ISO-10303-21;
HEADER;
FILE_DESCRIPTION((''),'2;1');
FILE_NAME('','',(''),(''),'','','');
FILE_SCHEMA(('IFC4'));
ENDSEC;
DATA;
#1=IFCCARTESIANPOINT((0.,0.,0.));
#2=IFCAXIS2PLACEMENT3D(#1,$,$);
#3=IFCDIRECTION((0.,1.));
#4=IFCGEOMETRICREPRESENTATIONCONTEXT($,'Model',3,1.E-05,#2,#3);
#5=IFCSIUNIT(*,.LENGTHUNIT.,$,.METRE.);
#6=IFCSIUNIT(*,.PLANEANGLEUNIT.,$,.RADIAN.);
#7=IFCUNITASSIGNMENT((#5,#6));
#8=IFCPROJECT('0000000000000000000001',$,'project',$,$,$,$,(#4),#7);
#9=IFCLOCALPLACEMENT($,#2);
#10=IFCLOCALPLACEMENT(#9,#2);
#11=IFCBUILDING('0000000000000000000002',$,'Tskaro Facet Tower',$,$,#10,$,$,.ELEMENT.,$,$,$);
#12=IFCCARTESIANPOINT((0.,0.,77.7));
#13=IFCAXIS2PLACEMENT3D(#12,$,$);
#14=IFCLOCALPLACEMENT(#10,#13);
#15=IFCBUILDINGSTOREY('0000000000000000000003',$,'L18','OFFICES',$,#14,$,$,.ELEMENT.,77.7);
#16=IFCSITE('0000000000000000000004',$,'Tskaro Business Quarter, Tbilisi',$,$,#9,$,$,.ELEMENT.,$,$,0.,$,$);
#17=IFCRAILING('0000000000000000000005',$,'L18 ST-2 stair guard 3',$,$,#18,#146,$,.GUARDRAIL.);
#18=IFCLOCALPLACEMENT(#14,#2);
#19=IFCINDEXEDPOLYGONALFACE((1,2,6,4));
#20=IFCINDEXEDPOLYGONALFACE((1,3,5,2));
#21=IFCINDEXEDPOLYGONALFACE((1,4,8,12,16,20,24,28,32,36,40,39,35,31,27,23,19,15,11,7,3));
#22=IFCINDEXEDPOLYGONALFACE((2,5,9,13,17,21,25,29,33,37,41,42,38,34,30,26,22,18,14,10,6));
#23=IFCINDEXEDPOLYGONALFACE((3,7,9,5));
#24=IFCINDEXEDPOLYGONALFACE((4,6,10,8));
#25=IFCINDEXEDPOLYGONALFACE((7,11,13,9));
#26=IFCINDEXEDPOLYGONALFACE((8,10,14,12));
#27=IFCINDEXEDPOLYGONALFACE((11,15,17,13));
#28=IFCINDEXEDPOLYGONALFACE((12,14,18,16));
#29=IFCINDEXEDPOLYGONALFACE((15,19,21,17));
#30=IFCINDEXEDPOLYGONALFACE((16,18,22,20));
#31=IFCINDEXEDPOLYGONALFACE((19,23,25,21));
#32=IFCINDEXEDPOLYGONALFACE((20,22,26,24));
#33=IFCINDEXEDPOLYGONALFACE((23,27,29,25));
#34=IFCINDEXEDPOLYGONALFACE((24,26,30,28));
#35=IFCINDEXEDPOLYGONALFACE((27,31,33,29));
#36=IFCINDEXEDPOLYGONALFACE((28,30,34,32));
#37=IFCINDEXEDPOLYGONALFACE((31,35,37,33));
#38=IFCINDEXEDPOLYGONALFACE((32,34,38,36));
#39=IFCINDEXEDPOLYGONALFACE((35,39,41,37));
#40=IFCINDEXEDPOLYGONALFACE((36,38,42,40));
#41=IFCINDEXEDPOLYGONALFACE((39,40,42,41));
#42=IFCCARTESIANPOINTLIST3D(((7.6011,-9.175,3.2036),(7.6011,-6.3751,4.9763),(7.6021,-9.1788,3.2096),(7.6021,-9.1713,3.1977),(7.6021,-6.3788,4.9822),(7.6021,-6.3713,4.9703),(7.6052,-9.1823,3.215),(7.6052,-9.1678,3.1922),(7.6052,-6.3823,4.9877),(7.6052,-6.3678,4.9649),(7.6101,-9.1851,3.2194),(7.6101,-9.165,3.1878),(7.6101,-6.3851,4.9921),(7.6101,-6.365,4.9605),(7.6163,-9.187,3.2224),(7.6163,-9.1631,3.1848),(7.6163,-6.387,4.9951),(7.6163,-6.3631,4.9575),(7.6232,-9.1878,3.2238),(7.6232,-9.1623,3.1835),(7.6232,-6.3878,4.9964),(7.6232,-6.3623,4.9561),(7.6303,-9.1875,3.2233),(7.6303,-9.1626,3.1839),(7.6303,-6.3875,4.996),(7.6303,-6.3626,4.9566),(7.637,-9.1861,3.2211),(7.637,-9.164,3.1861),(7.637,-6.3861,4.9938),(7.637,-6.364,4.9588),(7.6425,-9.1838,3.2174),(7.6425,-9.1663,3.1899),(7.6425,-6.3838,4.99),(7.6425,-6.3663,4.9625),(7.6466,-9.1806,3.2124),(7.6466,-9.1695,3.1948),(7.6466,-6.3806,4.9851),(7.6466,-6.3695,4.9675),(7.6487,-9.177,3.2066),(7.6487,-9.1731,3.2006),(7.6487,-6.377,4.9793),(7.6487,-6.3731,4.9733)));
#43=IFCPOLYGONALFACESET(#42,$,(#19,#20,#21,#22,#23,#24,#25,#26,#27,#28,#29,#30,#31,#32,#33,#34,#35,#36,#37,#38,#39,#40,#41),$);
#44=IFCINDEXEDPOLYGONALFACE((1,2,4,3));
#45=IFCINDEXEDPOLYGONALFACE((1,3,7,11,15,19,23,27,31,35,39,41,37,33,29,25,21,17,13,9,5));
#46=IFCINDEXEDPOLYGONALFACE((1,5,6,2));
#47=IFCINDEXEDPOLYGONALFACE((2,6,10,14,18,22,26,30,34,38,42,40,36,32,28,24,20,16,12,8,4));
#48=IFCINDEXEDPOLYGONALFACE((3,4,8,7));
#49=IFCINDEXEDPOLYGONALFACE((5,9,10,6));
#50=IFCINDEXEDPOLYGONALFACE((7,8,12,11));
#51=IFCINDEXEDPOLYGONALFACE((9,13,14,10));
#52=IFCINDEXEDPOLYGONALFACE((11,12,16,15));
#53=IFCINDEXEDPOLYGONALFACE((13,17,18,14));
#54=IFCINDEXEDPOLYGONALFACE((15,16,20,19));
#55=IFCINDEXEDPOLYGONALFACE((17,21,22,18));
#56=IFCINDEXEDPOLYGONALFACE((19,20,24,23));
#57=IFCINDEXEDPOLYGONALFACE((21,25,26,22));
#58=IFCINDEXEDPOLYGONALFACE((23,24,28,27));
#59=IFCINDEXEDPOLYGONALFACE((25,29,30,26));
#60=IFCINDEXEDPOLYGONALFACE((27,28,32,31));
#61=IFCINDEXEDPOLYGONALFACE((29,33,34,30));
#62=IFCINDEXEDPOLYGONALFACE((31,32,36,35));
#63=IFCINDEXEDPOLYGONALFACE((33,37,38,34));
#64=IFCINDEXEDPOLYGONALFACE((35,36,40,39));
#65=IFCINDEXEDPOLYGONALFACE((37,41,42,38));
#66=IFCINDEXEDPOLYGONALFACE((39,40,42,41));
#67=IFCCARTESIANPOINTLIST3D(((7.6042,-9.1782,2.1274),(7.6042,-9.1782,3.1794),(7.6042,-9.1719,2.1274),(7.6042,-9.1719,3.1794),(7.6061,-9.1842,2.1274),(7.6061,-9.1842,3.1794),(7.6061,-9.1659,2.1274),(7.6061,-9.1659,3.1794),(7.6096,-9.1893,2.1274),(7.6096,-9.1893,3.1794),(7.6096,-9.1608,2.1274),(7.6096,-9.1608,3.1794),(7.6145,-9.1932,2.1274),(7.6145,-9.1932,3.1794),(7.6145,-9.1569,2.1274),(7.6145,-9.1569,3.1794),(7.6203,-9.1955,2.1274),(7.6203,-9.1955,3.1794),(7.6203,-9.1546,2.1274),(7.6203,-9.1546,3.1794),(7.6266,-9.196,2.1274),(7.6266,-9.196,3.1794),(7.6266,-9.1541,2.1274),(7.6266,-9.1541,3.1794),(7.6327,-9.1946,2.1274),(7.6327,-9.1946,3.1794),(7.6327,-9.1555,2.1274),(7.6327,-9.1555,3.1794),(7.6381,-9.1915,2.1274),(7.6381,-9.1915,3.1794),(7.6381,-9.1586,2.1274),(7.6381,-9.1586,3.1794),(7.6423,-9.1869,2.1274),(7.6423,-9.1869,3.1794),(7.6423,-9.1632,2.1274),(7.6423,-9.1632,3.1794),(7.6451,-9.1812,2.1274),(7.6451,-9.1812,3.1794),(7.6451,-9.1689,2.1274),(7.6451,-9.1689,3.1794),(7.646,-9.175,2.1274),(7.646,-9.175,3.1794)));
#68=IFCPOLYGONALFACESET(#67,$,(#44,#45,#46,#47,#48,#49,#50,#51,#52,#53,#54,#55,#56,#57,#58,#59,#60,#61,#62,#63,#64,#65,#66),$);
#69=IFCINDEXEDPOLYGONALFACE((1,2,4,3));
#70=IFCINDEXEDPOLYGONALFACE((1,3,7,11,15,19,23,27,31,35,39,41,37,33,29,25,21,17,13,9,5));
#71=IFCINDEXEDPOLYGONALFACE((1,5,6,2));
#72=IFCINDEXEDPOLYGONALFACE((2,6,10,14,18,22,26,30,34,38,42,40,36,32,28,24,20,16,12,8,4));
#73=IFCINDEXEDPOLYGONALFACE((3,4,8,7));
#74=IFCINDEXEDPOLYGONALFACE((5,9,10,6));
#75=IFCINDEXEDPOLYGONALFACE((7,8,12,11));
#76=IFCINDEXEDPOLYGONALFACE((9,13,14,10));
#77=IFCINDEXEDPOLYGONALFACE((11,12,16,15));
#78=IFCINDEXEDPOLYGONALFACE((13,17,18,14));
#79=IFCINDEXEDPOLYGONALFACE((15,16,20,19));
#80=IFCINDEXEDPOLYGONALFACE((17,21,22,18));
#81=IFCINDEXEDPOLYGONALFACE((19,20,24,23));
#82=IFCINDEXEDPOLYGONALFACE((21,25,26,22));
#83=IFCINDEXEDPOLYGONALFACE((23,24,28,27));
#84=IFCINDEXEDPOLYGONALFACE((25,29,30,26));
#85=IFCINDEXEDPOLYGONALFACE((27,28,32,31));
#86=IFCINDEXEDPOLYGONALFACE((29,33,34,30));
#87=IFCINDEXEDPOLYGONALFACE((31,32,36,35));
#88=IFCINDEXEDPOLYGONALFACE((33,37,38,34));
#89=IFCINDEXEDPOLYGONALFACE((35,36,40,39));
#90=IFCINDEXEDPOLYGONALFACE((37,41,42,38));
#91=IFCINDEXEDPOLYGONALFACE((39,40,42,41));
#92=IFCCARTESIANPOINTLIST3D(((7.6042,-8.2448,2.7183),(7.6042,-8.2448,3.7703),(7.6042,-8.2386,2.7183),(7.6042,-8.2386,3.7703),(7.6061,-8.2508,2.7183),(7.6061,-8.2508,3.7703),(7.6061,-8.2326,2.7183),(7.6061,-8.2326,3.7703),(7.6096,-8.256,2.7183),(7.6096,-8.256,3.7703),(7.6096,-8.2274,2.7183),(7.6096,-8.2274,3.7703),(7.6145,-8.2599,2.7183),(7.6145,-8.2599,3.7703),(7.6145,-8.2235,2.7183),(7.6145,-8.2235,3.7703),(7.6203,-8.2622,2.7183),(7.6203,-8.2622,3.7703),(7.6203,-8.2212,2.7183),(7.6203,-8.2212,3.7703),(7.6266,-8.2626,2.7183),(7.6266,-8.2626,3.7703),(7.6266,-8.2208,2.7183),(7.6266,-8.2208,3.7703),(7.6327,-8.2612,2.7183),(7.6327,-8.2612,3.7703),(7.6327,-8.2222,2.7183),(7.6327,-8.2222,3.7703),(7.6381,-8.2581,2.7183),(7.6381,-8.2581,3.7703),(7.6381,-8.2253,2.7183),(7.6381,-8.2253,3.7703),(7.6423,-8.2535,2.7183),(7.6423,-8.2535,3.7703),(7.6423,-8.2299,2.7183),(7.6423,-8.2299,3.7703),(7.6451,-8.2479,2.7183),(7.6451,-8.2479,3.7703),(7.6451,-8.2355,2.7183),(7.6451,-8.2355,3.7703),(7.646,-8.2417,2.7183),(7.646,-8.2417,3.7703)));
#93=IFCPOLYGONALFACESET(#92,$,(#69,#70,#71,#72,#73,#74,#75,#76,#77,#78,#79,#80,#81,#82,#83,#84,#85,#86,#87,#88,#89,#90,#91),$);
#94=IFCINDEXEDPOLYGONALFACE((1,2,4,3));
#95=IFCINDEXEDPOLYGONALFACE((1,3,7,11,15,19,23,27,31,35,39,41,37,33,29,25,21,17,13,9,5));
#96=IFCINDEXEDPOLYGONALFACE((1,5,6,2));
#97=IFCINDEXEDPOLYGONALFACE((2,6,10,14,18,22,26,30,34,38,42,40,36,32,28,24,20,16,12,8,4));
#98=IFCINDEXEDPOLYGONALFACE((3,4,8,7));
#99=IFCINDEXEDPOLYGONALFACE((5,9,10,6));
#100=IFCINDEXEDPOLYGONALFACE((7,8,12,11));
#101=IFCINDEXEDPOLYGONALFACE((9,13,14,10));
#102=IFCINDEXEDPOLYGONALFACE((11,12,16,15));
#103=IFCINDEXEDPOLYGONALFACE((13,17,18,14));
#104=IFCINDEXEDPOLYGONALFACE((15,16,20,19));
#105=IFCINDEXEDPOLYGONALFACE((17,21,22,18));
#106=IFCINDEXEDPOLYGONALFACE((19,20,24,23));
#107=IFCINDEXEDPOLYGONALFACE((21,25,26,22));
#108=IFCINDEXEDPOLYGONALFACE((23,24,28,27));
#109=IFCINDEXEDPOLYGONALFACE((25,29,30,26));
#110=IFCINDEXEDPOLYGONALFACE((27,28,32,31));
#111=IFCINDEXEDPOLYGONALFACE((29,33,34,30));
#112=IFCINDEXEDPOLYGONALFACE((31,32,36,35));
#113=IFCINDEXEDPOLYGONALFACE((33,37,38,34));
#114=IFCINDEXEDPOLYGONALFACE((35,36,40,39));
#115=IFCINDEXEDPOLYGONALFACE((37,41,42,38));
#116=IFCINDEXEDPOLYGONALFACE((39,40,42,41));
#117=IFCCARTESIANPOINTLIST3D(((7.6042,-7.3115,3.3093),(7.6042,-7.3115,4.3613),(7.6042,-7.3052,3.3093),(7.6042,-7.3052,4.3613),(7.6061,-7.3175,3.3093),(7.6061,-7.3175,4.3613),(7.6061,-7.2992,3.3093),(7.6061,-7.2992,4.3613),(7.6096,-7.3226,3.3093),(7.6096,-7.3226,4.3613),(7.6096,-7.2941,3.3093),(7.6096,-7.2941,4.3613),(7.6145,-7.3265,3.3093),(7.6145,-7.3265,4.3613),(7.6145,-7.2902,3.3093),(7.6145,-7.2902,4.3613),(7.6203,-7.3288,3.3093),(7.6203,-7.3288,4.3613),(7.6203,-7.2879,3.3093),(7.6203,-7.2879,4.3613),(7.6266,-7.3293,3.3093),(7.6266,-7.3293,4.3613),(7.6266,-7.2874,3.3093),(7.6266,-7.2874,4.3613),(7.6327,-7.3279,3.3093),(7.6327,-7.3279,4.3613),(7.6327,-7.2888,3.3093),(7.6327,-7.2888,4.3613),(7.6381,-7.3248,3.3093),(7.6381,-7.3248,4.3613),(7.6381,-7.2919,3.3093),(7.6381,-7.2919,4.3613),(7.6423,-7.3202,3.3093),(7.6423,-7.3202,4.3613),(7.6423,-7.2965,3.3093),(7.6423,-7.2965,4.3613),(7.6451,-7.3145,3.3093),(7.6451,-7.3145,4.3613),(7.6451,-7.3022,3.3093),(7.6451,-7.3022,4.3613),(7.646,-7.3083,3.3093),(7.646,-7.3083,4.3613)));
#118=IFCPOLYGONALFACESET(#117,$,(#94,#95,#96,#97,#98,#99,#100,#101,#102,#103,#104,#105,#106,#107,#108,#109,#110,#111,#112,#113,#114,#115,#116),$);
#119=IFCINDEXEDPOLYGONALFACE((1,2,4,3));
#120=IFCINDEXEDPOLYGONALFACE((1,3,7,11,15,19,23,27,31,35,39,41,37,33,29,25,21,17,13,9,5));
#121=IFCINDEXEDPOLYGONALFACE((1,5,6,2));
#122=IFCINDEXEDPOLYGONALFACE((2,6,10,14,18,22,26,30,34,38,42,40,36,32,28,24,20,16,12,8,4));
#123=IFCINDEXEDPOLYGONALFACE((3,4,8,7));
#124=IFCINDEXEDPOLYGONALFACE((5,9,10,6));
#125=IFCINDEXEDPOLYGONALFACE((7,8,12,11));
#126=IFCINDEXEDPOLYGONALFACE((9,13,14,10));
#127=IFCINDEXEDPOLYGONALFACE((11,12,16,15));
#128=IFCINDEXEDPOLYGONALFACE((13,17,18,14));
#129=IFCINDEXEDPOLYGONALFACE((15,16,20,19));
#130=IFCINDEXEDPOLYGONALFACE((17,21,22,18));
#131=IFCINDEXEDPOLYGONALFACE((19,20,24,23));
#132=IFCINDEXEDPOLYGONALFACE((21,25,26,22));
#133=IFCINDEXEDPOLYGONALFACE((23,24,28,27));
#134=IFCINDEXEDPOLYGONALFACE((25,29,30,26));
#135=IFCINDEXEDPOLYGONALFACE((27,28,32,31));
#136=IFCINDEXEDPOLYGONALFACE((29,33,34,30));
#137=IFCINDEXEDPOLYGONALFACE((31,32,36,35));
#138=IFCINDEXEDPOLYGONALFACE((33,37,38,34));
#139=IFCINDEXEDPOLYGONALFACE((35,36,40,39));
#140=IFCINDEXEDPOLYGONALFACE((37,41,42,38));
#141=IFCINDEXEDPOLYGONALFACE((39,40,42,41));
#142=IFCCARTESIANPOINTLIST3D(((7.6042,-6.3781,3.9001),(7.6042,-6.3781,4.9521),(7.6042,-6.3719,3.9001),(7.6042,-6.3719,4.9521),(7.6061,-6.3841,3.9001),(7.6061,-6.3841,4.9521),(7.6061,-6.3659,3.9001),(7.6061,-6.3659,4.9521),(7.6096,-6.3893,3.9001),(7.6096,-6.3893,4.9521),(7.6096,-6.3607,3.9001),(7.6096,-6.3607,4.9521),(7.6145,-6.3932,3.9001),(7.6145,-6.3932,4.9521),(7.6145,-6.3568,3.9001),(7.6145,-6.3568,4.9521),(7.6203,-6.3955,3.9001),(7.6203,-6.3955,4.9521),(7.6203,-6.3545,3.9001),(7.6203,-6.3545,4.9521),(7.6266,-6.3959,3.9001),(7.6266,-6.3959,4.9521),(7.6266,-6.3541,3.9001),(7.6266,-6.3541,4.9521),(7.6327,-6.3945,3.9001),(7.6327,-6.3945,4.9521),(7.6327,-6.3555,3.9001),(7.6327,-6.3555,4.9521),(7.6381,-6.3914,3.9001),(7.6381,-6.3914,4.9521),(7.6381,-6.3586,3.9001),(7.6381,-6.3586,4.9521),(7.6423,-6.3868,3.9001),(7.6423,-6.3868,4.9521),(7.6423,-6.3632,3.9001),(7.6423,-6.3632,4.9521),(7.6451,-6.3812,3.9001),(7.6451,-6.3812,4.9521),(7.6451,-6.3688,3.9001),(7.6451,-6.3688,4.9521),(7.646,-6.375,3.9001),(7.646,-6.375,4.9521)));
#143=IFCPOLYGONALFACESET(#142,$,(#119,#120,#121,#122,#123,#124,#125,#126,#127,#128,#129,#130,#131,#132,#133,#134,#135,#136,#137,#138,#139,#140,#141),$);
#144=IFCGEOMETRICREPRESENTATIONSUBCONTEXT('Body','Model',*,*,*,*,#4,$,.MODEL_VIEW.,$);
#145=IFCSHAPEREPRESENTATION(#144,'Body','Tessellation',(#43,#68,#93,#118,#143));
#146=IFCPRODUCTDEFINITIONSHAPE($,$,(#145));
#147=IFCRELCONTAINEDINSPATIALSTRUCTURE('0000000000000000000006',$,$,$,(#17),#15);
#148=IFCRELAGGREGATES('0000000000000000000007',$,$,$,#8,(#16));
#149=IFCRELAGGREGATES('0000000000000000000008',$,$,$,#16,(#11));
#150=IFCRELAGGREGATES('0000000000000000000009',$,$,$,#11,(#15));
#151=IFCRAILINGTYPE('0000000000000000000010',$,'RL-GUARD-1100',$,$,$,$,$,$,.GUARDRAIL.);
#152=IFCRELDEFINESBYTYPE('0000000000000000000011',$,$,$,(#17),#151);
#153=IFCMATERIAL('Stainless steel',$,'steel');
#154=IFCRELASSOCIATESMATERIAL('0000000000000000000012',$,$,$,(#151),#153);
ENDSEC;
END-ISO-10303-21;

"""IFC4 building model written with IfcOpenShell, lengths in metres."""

from ifc_helpers import new_model, si_unit, direction, frame, origin, origin_2d, place, context, subcontext, project, spatial, circle, extrude, material, type_object, element, save


model = new_model("IFC4")

# Units and contexts
model_context = context("Model", 3, precision=1e-05, world=origin(), true_north=direction((0.0, 1.0)))
body_context = subcontext(model_context, "Body", "Model", "MODEL_VIEW")
ifc_project = project(units=[si_unit("LENGTHUNIT", "METRE"), si_unit("PLANEANGLEUNIT", "RADIAN")], contexts=[model_context])

# Site, building, storey
site_placement = place(None, origin())
site = spatial("IfcSite", under=ifc_project, at=site_placement, Name="Tskaro Business Quarter, Tbilisi", CompositionType="ELEMENT", RefElevation=0.0)
building_placement = place(site_placement, origin())
building = spatial("IfcBuilding", under=site, at=building_placement, Name="Tskaro Facet Tower", CompositionType="ELEMENT")
storey_placement = place(building_placement, frame((0.0, 0.0, 77.7)))
storey = spatial("IfcBuildingStorey", under=building, at=storey_placement, Name="L18", Description="OFFICES", CompositionType="ELEMENT", Elevation=77.7)

# Railing
ifc_material_1 = material(Name="Stainless steel", Category="steel")
railing_type_1 = type_object("IfcRailingType", Name="RL-GUARD-1100", PredefinedType="GUARDRAIL", material=ifc_material_1)
railing_1_placement = place(storey_placement, frame((7.625, -9.175, 2.1274)))
element("IfcRailing", 1, at=railing_1_placement, inside=storey, type_object=railing_type_1, Name="L18 ST-2 stair guard 3", PredefinedType="GUARDRAIL", context=body_context, shape_type="SweptSolid", body=[
    extrude(circle(Radius=0.0239, at=origin_2d()), frame((0.0, 0.0, 1.0762), z_axis=(0.0, 0.844909, 0.53491), x_axis=(-1.0, 0.0, 0.0)), (0.0, 0.0, 1.0), 3.314),
    extrude(circle(Radius=0.021, at=origin_2d()), origin(), (0.0, 0.0, 1.0), 1.052),
    extrude(circle(Radius=0.021, at=origin_2d()), frame((0.0, 0.9333, 0.5908)), (0.0, 0.0, 1.0), 1.052),
    extrude(circle(Radius=0.021, at=origin_2d()), frame((0.0, 1.8667, 1.1819)), (0.0, 0.0, 1.0), 1.052),
    extrude(circle(Radius=0.021, at=origin_2d()), frame((0.0, 2.8, 1.7727)), (0.0, 0.0, 1.0), 1.052),
])

save(model, "model.ifc")
